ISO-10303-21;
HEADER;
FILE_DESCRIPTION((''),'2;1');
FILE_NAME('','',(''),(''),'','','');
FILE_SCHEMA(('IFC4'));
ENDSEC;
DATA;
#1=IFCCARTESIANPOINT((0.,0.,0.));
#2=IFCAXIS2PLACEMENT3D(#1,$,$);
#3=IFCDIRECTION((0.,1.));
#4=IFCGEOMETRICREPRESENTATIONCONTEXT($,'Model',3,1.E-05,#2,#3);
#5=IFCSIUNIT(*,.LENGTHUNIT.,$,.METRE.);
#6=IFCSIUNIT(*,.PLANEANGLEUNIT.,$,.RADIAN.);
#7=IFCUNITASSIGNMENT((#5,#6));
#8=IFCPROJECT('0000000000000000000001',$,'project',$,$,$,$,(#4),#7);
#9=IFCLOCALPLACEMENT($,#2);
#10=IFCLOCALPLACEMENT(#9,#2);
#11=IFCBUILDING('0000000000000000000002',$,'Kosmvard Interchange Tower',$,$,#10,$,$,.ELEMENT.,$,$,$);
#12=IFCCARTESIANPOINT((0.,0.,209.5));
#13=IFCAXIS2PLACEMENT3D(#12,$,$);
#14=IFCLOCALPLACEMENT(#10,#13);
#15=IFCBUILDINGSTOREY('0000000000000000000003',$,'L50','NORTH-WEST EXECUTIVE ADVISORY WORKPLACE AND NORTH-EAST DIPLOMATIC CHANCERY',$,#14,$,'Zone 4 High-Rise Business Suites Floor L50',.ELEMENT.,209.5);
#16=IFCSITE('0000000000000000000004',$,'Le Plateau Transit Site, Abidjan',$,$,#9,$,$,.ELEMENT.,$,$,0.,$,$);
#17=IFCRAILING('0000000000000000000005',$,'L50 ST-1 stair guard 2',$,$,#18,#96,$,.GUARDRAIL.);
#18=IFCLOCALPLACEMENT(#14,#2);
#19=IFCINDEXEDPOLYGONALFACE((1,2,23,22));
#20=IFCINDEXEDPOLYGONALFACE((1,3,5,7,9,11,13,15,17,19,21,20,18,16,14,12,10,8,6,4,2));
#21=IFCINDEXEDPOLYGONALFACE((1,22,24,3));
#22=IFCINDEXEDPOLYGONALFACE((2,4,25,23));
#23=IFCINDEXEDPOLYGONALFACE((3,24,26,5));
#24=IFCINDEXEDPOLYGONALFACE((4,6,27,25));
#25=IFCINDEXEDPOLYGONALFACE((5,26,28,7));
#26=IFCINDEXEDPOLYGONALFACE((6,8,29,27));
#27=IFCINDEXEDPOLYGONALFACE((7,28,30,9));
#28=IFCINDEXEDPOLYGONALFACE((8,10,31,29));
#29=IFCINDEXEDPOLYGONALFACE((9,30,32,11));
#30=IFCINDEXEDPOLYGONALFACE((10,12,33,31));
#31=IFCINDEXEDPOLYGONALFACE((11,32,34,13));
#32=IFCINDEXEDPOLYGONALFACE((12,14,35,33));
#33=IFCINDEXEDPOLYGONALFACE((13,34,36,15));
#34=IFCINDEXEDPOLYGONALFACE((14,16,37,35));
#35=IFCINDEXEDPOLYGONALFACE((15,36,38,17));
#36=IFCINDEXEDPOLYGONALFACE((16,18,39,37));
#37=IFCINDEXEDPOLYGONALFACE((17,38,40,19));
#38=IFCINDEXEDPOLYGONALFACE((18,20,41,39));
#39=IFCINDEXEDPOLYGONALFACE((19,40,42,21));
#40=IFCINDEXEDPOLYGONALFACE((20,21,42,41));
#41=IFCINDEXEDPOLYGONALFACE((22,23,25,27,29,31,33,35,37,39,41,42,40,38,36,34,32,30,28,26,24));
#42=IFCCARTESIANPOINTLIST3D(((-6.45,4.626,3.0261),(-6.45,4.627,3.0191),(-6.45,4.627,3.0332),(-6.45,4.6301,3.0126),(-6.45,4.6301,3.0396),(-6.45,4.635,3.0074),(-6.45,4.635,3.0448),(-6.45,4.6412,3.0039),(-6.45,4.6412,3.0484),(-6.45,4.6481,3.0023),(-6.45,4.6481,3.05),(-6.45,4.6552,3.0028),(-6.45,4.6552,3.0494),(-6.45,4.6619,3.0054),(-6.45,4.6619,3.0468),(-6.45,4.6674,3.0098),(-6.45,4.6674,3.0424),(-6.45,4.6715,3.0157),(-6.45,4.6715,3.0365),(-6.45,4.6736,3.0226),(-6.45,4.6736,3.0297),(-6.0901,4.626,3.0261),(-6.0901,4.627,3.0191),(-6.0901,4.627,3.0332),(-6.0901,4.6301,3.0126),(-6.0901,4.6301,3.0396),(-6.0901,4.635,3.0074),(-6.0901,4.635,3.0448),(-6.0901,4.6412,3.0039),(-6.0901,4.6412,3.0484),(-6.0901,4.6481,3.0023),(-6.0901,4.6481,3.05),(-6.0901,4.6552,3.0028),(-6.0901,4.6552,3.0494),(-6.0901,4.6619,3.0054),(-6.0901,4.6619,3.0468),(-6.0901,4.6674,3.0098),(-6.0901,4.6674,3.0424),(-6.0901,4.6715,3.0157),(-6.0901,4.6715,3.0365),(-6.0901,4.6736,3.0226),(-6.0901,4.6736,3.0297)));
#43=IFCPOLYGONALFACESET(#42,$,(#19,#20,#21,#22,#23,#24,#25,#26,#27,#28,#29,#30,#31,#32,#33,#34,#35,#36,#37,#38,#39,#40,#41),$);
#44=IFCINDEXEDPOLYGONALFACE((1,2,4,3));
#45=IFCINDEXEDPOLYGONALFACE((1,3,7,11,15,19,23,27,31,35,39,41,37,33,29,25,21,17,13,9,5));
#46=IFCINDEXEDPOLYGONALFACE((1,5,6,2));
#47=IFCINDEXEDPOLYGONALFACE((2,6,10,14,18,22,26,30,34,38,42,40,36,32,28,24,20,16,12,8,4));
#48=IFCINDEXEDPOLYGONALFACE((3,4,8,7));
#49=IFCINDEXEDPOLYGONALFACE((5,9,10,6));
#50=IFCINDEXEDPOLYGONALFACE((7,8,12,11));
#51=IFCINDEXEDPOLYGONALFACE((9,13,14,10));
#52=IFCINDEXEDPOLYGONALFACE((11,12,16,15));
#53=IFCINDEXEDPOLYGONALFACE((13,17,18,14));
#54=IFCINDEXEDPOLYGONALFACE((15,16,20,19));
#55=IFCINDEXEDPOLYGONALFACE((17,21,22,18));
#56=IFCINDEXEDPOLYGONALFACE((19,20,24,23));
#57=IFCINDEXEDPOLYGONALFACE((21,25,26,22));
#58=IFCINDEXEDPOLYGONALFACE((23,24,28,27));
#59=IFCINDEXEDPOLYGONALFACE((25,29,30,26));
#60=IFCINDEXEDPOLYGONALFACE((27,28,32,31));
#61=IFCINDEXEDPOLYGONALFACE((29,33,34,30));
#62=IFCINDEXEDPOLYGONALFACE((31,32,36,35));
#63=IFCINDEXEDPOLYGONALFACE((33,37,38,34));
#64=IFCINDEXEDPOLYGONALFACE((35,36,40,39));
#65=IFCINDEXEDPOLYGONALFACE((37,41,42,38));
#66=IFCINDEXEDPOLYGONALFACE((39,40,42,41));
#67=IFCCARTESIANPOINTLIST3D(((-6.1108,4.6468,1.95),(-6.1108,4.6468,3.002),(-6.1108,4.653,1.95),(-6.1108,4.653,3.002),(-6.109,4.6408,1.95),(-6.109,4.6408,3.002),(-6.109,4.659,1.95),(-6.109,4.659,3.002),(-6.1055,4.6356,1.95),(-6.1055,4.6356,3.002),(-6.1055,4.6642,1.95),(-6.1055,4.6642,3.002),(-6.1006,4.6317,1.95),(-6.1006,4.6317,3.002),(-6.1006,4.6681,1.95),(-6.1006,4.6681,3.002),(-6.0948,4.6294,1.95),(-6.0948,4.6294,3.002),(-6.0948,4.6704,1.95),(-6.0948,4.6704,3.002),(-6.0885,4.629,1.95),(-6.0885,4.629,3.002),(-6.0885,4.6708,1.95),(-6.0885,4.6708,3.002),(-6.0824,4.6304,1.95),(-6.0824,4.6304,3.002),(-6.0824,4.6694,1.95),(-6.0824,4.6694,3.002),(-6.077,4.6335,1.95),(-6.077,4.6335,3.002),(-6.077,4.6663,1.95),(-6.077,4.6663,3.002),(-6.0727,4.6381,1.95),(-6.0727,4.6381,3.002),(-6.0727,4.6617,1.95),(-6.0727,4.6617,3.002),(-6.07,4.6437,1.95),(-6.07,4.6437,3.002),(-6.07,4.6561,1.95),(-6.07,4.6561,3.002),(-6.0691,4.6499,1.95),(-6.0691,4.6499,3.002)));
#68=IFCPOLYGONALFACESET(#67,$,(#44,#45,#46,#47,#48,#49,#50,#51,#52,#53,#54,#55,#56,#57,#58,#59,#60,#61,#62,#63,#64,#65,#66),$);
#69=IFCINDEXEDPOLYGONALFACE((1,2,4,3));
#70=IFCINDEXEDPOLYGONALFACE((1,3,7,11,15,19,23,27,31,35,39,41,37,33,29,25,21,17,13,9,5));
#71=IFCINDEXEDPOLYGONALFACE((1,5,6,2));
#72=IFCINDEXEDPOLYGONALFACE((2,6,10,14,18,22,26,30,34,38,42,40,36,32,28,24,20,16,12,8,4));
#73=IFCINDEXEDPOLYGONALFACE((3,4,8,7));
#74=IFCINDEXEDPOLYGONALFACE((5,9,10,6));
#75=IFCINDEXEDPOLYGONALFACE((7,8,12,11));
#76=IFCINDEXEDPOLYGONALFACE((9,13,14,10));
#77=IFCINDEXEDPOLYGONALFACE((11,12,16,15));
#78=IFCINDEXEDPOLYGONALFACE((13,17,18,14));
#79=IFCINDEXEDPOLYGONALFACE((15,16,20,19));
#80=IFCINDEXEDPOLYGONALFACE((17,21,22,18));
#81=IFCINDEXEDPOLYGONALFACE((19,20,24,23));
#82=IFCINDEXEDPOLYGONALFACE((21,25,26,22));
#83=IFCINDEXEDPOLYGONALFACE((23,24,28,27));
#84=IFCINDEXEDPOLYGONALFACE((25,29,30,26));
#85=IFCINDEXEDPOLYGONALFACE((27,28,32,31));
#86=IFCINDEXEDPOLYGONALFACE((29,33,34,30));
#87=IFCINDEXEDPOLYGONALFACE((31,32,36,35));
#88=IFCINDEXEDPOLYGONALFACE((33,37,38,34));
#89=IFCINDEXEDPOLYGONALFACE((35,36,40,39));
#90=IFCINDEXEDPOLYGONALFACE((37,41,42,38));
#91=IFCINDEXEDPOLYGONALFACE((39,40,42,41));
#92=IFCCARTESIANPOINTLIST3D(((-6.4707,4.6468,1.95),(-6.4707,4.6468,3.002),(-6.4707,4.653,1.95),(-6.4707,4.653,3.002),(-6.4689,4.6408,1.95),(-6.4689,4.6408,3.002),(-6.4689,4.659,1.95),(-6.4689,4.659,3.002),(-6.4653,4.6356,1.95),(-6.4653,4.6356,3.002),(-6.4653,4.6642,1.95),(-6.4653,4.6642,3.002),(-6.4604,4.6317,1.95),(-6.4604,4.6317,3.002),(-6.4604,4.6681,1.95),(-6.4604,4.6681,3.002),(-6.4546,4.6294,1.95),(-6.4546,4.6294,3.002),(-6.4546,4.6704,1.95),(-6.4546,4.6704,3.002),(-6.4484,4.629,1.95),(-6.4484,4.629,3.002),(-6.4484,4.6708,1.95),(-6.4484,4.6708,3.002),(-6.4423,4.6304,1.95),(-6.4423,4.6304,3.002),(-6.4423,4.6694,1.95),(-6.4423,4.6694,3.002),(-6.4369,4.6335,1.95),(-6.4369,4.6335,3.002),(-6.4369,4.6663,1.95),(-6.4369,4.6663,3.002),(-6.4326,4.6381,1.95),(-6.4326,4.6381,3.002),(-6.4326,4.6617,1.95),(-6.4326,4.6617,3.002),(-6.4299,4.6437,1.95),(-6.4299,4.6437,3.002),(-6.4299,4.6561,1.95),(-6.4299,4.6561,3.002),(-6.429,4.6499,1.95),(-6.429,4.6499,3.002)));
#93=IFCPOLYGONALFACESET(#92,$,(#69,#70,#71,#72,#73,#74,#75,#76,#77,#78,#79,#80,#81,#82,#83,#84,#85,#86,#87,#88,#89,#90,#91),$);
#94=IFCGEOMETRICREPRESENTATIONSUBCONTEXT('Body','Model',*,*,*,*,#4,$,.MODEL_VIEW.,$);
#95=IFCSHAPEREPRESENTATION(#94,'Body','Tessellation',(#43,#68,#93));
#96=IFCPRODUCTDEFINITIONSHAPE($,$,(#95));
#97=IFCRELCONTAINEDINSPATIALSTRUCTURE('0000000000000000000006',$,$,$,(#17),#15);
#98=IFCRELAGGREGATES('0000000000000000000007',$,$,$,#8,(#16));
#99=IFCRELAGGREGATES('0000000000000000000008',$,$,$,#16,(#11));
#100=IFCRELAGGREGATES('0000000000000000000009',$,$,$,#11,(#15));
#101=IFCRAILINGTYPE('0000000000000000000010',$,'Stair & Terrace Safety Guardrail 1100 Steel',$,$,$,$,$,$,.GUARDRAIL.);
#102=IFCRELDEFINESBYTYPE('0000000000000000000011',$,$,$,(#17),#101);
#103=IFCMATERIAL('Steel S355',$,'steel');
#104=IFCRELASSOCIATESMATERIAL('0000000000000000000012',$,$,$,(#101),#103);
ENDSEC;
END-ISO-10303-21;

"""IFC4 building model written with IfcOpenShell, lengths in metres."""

from ifc_helpers import new_model, si_unit, direction, frame, origin, origin_2d, place, context, subcontext, project, spatial, circle, extrude, source, transform, mapped, material, type_object, element, save


model = new_model("IFC4")

# Units and contexts
model_context = context("Model", 3, precision=1e-05, world=origin(), true_north=direction((0.0, 1.0)))
body_context = subcontext(model_context, "Body", "Model", "MODEL_VIEW")
ifc_project = project(units=[si_unit("LENGTHUNIT", "METRE"), si_unit("PLANEANGLEUNIT", "RADIAN")], contexts=[model_context])

# Site, building, storey
site_placement = place(None, origin())
site = spatial("IfcSite", under=ifc_project, at=site_placement, Name="Le Plateau Transit Site, Abidjan", CompositionType="ELEMENT", RefElevation=0.0)
building_placement = place(site_placement, origin())
building = spatial("IfcBuilding", under=site, at=building_placement, Name="Kosmvard Interchange Tower", CompositionType="ELEMENT")
storey_placement = place(building_placement, frame((0.0, 0.0, 209.5)))
storey = spatial("IfcBuildingStorey", under=building, at=storey_placement, Name="L50", Description="NORTH-WEST EXECUTIVE ADVISORY WORKPLACE AND NORTH-EAST DIPLOMATIC CHANCERY", LongName="Zone 4 High-Rise Business Suites Floor L50", CompositionType="ELEMENT", Elevation=209.5)

# Shared definitions
ifc_material_1 = material(Name="Steel S355", Category="steel")

# Railing
railing_type = type_object("IfcRailingType", Name="Stair & Terrace Safety Guardrail 1100 Steel", PredefinedType="GUARDRAIL", material=ifc_material_1)
shared_shape_1 = source(origin(), body_context, "Body", "SweptSolid", [
    extrude(circle(Radius=0.0239, at=origin_2d()), frame((0.0, 0.0, 1.0762), z_axis=(-1.0, 0.0, 0.0), x_axis=(0.0, -1.0, 0.0)), (0.0, 0.0, 1.0), 0.3599),
    extrude(circle(Radius=0.021, at=origin_2d()), origin(), (0.0, 0.0, 1.0), 1.052),
    extrude(circle(Radius=0.021, at=origin_2d()), frame((-0.3599, 0.0, 0.0)), (0.0, 0.0, 1.0), 1.052),
])
railing_placement = place(storey_placement, frame((-6.0901, 4.6499, 1.95)))
element("IfcRailing", 1, at=railing_placement, inside=storey, type_object=railing_type, Name="L50 ST-1 stair guard 2", PredefinedType="GUARDRAIL", context=body_context, shape_type="MappedRepresentation", body=[
    mapped(shared_shape_1, transform((0.0, 0.0, 0.0), scale=1.0)),
])

save(model, "model.ifc")
